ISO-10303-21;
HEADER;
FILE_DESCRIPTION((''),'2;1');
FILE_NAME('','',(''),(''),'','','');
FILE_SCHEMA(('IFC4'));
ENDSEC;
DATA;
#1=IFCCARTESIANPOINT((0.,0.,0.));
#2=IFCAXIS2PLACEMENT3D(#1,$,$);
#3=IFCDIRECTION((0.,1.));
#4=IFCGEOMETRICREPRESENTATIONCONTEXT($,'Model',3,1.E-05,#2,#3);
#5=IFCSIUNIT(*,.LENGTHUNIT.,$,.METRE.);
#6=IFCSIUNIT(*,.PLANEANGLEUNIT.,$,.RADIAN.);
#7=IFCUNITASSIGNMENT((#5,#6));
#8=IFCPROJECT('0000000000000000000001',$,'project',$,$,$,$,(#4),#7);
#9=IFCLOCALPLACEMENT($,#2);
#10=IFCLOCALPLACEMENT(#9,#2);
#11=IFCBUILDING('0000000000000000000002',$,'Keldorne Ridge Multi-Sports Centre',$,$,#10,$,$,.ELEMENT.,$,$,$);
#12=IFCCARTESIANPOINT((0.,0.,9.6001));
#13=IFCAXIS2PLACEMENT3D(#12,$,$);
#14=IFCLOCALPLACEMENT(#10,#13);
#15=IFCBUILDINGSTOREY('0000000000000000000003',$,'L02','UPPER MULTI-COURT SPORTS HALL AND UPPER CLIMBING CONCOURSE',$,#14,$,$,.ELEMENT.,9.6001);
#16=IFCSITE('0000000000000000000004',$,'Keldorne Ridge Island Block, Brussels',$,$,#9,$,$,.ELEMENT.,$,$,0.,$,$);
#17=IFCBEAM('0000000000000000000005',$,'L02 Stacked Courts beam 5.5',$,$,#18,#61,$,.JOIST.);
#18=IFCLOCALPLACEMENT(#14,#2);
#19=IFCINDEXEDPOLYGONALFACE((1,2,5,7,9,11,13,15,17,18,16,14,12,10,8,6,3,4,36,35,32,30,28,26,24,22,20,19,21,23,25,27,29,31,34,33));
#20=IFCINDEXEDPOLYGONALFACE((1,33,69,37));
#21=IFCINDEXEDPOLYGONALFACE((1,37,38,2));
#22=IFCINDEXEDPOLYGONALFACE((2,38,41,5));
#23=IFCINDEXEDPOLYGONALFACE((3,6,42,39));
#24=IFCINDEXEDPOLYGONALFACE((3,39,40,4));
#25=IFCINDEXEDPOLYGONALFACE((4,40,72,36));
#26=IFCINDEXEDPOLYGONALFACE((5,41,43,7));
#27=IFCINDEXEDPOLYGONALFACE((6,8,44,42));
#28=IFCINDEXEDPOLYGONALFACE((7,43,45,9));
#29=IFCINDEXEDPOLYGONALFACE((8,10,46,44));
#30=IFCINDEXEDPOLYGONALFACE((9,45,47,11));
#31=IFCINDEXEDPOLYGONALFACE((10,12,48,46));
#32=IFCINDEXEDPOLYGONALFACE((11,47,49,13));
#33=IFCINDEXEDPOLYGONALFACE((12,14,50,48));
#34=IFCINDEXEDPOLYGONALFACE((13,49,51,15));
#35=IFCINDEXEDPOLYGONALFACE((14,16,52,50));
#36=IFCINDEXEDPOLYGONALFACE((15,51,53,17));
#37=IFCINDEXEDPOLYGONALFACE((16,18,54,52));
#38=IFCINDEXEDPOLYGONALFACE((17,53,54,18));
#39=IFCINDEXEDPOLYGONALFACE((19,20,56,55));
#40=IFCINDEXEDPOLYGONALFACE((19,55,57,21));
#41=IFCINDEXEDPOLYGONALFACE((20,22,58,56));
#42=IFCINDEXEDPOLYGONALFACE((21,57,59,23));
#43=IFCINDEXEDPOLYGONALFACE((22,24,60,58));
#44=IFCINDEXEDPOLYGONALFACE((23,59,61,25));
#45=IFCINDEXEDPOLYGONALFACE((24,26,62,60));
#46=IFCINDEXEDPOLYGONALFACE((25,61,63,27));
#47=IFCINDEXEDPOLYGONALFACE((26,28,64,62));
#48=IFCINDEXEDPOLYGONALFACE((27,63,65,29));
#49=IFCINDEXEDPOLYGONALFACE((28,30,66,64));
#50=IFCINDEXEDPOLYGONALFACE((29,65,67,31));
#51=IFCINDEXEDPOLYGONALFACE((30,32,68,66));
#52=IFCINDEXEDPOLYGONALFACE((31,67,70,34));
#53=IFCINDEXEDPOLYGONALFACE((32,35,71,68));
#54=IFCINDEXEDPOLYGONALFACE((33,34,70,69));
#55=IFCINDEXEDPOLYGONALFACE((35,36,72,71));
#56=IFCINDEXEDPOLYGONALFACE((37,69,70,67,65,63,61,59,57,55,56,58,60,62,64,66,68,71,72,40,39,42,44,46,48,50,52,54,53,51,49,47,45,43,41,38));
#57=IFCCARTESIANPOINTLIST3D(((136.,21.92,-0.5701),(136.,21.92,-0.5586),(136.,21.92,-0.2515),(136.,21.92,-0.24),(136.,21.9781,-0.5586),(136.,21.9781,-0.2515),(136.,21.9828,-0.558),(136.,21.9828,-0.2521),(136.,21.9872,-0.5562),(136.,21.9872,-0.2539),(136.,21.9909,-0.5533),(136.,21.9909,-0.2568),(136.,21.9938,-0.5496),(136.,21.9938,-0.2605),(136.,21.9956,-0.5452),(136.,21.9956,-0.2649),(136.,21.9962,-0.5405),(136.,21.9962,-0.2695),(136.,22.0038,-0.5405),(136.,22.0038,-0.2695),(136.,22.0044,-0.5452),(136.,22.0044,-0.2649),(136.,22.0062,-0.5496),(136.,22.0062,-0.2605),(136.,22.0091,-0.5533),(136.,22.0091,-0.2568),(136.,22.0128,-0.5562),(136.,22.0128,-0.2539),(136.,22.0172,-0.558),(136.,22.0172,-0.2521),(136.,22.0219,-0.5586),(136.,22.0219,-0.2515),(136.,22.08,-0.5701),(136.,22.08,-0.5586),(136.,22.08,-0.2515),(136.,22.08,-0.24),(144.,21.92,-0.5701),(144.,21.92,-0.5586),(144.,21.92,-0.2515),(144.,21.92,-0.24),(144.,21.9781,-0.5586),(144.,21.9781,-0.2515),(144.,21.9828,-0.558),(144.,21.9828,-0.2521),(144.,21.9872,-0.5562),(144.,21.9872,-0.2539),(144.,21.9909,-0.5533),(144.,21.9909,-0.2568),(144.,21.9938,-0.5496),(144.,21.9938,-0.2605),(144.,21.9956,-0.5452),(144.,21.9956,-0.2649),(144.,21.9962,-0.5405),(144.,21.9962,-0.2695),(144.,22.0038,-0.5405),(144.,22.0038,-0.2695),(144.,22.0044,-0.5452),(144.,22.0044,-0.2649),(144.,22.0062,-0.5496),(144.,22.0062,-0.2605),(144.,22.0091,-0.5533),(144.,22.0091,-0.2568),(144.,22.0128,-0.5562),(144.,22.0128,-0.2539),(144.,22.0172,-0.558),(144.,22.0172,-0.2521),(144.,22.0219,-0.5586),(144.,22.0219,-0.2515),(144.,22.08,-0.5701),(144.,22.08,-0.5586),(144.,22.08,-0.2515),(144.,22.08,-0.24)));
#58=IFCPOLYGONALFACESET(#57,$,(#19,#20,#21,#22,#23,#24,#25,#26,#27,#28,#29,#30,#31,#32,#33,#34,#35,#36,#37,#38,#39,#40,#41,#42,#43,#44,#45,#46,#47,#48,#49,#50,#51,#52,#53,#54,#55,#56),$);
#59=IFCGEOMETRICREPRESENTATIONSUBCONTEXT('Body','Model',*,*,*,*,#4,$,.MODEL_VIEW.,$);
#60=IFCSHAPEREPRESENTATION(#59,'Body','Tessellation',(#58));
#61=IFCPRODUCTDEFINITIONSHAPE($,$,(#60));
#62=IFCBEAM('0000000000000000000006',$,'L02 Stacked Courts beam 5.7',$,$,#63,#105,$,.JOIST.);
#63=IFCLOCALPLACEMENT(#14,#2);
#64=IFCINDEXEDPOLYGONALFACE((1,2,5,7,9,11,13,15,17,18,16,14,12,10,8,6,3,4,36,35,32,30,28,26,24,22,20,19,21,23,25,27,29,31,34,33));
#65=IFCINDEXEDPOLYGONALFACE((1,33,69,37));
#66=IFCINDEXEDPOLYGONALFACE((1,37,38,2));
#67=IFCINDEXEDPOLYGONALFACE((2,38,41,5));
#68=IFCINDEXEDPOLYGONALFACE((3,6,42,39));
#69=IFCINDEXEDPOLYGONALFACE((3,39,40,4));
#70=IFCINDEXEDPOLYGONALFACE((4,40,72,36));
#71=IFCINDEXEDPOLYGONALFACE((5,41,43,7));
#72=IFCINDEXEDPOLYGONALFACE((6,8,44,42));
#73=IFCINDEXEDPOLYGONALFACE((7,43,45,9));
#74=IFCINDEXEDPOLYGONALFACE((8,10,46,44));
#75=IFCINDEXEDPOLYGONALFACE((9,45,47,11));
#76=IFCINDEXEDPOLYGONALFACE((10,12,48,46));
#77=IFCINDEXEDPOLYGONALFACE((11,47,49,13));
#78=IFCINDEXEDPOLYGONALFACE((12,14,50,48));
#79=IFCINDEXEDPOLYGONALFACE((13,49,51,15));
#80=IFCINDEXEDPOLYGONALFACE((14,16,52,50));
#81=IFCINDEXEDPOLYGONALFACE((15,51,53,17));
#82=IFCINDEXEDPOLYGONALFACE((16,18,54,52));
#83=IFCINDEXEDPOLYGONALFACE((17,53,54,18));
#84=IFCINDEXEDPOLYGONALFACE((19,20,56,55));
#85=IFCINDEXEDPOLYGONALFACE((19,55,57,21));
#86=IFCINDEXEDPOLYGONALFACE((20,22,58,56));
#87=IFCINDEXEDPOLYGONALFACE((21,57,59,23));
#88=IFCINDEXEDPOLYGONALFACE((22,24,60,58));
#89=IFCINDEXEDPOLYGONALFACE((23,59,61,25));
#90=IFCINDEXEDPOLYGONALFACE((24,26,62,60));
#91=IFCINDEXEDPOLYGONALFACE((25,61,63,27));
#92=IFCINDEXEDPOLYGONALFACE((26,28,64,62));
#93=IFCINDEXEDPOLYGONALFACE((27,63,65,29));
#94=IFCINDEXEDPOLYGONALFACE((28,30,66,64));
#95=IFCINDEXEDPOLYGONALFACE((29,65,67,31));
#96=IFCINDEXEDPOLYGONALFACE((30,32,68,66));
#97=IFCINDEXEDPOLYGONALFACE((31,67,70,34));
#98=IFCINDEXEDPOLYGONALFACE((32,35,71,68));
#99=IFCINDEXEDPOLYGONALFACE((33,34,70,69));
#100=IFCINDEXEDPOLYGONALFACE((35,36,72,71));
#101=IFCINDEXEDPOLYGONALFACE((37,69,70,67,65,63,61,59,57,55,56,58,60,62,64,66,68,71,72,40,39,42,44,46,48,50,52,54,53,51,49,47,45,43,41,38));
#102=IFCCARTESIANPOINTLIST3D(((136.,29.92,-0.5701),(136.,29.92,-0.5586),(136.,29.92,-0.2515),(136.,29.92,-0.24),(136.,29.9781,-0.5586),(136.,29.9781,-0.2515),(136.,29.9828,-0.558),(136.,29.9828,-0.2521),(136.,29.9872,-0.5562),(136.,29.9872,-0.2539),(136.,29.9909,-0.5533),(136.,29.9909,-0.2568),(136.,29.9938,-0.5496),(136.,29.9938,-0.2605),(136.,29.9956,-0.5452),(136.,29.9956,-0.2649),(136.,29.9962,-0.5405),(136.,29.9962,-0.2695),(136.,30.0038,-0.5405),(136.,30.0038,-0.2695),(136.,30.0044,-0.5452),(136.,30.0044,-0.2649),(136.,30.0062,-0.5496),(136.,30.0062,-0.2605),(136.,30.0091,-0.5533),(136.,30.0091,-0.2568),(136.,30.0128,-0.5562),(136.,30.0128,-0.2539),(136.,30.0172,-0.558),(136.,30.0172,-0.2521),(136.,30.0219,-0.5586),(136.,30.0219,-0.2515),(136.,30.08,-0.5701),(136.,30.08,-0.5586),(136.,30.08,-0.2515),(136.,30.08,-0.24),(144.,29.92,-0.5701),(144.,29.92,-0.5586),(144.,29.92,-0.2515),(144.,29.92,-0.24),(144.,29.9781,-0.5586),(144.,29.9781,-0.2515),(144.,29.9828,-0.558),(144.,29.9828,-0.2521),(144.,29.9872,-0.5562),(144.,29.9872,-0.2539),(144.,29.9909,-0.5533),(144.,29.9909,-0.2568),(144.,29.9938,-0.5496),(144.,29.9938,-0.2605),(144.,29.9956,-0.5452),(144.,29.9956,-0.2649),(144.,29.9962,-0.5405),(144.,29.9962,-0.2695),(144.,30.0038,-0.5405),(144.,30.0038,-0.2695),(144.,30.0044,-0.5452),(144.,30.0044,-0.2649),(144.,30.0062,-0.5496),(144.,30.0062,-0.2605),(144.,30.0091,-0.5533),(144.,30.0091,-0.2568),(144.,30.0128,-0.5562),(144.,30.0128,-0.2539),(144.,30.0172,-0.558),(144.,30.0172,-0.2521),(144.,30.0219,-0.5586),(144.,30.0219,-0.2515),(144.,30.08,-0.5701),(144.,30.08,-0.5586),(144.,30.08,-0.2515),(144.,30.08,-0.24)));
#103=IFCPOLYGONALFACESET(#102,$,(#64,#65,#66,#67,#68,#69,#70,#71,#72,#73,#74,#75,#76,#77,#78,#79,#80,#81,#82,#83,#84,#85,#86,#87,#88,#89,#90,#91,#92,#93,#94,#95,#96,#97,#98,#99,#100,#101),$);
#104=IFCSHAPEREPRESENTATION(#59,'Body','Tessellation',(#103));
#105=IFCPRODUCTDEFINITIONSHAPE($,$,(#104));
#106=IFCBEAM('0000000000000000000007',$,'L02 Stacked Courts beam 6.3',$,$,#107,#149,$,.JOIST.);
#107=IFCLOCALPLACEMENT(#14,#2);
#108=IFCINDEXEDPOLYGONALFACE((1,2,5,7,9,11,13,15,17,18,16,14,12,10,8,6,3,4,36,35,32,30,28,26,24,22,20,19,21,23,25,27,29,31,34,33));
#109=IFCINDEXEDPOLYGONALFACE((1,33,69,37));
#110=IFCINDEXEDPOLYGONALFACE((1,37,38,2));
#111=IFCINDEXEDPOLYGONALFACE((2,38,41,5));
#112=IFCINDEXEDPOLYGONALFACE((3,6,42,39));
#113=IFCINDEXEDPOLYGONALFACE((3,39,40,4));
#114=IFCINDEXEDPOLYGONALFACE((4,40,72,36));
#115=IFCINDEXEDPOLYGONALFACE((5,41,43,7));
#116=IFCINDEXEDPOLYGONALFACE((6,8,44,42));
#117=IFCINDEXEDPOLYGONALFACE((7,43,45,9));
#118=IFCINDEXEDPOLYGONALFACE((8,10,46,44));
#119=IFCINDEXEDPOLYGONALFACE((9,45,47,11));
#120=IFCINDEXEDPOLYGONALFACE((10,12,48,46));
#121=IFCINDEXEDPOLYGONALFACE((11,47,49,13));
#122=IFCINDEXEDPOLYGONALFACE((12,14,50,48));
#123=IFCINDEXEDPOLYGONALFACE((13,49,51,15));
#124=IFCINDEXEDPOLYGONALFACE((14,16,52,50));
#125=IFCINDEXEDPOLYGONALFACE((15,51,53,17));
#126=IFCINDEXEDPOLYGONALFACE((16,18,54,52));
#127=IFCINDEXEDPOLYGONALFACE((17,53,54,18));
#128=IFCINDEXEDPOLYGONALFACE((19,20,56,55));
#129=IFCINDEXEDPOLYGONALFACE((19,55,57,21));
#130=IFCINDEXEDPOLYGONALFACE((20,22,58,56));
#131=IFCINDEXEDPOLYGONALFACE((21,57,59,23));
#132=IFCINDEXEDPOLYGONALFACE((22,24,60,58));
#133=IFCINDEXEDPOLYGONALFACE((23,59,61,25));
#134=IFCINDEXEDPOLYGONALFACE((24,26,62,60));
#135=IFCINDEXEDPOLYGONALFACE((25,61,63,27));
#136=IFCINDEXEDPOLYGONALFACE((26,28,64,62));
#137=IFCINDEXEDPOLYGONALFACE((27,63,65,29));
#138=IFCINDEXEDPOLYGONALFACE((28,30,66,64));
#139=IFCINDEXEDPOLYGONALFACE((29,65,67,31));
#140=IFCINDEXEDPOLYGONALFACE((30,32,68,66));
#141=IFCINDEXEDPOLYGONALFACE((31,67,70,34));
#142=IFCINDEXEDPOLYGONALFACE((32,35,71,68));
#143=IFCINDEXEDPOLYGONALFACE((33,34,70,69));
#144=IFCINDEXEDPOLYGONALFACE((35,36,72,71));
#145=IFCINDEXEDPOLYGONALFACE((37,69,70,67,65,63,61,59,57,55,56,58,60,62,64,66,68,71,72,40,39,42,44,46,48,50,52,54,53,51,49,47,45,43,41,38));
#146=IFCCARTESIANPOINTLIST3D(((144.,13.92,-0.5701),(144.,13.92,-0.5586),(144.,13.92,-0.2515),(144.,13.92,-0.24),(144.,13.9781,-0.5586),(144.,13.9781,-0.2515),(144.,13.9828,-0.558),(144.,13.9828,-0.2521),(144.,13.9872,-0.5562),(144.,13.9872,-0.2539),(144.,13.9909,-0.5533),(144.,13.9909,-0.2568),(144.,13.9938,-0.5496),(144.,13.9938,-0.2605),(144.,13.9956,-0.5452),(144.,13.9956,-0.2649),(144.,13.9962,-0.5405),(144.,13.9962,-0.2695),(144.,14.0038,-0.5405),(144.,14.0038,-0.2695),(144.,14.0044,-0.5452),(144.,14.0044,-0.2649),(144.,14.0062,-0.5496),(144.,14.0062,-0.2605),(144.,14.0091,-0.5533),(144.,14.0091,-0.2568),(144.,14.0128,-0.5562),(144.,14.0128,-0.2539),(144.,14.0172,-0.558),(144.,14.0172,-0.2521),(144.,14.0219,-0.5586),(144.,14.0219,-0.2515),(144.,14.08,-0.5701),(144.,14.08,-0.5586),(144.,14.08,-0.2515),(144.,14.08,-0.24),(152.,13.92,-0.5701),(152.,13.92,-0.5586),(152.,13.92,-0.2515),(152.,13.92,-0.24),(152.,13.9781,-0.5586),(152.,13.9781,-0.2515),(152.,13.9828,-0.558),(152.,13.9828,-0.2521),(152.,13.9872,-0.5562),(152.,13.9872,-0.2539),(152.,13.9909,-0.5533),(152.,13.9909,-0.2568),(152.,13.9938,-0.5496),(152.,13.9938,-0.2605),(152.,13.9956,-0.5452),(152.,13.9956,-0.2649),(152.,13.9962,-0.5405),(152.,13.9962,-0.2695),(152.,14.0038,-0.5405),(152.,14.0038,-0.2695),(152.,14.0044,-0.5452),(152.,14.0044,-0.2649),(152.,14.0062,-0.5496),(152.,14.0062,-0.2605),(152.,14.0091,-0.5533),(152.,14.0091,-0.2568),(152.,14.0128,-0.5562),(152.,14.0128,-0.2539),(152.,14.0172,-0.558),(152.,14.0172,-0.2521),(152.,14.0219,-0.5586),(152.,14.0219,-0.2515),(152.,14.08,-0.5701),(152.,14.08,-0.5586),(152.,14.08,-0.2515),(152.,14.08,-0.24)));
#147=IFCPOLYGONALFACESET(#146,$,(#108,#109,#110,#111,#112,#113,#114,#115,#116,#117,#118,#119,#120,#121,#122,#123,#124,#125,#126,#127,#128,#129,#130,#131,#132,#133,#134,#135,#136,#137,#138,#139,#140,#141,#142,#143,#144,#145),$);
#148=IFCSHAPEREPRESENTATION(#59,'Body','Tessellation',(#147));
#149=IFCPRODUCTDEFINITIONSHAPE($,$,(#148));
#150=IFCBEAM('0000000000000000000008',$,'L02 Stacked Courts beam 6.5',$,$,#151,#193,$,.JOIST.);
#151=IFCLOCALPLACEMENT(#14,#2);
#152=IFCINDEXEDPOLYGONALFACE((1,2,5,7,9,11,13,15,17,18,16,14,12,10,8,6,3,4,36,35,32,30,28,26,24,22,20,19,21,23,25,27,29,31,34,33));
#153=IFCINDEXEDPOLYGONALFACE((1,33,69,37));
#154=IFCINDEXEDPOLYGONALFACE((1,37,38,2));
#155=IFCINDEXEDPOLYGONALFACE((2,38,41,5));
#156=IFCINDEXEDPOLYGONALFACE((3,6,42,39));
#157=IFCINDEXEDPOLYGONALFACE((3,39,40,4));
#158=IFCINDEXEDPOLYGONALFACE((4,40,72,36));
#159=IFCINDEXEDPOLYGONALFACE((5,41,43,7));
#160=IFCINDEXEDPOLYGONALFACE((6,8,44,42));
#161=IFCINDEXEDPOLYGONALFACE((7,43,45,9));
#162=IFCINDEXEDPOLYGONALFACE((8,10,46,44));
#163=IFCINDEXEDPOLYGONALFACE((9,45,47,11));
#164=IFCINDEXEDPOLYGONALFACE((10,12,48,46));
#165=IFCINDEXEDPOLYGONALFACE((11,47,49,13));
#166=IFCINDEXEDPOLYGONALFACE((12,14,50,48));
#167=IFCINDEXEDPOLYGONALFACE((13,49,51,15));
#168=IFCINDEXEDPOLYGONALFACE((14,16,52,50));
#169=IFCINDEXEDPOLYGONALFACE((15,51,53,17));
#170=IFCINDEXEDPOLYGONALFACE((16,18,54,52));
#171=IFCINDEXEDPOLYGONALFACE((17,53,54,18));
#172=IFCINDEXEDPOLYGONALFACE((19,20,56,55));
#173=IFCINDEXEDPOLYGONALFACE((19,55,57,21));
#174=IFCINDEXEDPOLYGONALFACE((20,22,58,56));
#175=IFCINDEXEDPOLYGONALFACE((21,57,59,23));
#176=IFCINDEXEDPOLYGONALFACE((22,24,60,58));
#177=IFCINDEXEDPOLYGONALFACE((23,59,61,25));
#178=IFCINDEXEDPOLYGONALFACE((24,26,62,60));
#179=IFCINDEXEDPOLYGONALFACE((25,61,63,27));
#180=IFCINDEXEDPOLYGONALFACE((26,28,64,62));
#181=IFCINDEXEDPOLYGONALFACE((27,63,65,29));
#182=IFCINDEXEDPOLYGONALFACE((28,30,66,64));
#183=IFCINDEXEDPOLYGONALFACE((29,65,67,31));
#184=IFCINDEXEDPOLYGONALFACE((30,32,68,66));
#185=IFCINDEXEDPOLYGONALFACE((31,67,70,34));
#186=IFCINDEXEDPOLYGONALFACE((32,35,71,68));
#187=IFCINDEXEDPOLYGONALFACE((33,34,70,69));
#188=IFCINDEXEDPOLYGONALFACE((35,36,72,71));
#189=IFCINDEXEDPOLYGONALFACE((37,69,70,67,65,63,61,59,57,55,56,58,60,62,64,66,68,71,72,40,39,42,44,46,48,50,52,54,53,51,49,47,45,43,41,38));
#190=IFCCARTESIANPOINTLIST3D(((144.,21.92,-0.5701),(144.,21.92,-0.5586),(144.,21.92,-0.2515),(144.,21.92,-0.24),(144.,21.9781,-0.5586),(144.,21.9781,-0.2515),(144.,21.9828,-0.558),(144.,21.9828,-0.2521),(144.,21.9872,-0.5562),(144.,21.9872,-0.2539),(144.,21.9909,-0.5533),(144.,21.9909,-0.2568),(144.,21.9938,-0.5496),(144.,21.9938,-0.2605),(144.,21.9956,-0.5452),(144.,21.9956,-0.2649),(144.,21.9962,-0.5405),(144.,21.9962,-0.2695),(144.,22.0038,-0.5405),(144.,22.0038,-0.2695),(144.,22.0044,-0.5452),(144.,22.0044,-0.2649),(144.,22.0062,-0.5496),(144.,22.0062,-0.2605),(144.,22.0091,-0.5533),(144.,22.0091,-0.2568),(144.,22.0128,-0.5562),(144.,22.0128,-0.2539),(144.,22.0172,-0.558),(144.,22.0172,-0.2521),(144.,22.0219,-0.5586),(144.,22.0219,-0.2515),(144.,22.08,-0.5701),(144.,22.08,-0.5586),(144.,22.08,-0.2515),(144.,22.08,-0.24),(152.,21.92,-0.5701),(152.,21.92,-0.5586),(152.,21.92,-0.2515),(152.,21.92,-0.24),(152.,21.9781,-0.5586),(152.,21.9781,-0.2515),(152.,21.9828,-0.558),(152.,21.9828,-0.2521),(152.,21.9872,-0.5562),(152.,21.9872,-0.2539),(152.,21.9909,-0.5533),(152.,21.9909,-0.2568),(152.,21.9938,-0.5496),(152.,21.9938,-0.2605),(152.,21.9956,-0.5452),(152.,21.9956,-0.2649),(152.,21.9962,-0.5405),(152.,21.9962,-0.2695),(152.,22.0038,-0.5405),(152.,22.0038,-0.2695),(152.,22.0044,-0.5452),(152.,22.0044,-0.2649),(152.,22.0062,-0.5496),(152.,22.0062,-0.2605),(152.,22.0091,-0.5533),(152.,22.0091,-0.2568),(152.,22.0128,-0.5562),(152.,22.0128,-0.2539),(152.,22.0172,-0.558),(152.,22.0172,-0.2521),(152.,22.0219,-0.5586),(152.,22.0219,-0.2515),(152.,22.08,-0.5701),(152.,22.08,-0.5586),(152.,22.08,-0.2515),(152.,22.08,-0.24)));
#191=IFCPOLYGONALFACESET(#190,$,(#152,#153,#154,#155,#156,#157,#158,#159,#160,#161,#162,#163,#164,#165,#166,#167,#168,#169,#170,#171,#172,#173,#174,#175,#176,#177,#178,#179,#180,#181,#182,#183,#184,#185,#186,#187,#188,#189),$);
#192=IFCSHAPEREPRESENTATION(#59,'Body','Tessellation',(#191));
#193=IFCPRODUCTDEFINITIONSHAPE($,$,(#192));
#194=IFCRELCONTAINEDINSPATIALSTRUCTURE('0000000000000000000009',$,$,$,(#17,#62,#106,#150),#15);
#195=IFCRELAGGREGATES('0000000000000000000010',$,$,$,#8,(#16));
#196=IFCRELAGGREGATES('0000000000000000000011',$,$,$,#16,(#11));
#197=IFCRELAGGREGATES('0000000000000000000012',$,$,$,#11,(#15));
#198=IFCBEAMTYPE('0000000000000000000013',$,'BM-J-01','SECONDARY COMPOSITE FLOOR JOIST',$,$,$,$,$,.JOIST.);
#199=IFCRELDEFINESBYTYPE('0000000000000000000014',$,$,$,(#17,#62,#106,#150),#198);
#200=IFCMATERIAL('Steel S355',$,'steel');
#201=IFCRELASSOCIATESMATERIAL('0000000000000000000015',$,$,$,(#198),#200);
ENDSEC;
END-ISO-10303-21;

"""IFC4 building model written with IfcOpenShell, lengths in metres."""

from ifc_helpers import new_model, si_unit, direction, frame, origin, origin_2d, place, context, subcontext, project, spatial, i_section, extrude, material, material_profile, profile_set, type_object, element, save


model = new_model("IFC4")

# Units and contexts
model_context = context("Model", 3, precision=1e-05, world=origin(), true_north=direction((0.0, 1.0)))
body_context = subcontext(model_context, "Body", "Model", "MODEL_VIEW")
ifc_project = project(units=[si_unit("LENGTHUNIT", "METRE"), si_unit("PLANEANGLEUNIT", "RADIAN")], contexts=[model_context])

# Site, building, storey
site_placement = place(None, origin())
site = spatial("IfcSite", under=ifc_project, at=site_placement, Name="Keldorne Ridge Island Block, Brussels", CompositionType="ELEMENT", RefElevation=0.0)
building_placement = place(site_placement, origin())
building = spatial("IfcBuilding", under=site, at=building_placement, Name="Keldorne Ridge Multi-Sports Centre", CompositionType="ELEMENT")
storey_placement = place(building_placement, frame((0.0, 0.0, 9.6001)))
storey = spatial("IfcBuildingStorey", under=building, at=storey_placement, Name="L02", Description="UPPER MULTI-COURT SPORTS HALL AND UPPER CLIMBING CONCOURSE", CompositionType="ELEMENT", Elevation=9.6001)

# Beams
ifc_material_1 = material(Name="Steel S355", Category="steel")
ifc_material_profile_1 = material_profile(ifc_material_1, i_section(OverallWidth=0.1599, OverallDepth=0.3301, WebThickness=0.0076, FlangeThickness=0.0115, FilletRadius=0.0181, at=origin_2d()), Name="IPE 330")
ifc_profile_set_1 = profile_set([ifc_material_profile_1], Name="Steel S355")
beam_type_1 = type_object("IfcBeamType", Name="BM-J-01", Description="SECONDARY COMPOSITE FLOOR JOIST", PredefinedType="JOIST", material=ifc_profile_set_1)
for number, where, z_axis, x_axis, name in (
    (1, (136.0, 22.0, -0.405), (1.0, 0.0, 0.0), (0.0, 1.0, 0.0), "L02 Stacked Courts beam 5.5"),
    (2, (136.0, 30.0, -0.405), (1.0, 0.0, 0.0), (0.0, 1.0, 0.0), "L02 Stacked Courts beam 5.7"),
    (3, (144.0, 14.0, -0.405), (1.0, 0.0, 0.0), (0.0, 1.0, 0.0), "L02 Stacked Courts beam 6.3"),
    (4, (144.0, 22.0, -0.405), (1.0, 0.0, 0.0), (0.0, 1.0, 0.0), "L02 Stacked Courts beam 6.5"),
):
    element("IfcBeam", number, at=place(storey_placement, frame(where, z_axis=z_axis, x_axis=x_axis)), inside=storey, type_object=beam_type_1, Name=name, PredefinedType="JOIST", context=body_context, shape_type="SweptSolid", body=[
        extrude(i_section(OverallWidth=0.1599, OverallDepth=0.3301, WebThickness=0.0076, FlangeThickness=0.0115, FilletRadius=0.0181, at=origin_2d()), origin(), (0.0, 0.0, 1.0), 8.0),
    ])

save(model, "model.ifc")
